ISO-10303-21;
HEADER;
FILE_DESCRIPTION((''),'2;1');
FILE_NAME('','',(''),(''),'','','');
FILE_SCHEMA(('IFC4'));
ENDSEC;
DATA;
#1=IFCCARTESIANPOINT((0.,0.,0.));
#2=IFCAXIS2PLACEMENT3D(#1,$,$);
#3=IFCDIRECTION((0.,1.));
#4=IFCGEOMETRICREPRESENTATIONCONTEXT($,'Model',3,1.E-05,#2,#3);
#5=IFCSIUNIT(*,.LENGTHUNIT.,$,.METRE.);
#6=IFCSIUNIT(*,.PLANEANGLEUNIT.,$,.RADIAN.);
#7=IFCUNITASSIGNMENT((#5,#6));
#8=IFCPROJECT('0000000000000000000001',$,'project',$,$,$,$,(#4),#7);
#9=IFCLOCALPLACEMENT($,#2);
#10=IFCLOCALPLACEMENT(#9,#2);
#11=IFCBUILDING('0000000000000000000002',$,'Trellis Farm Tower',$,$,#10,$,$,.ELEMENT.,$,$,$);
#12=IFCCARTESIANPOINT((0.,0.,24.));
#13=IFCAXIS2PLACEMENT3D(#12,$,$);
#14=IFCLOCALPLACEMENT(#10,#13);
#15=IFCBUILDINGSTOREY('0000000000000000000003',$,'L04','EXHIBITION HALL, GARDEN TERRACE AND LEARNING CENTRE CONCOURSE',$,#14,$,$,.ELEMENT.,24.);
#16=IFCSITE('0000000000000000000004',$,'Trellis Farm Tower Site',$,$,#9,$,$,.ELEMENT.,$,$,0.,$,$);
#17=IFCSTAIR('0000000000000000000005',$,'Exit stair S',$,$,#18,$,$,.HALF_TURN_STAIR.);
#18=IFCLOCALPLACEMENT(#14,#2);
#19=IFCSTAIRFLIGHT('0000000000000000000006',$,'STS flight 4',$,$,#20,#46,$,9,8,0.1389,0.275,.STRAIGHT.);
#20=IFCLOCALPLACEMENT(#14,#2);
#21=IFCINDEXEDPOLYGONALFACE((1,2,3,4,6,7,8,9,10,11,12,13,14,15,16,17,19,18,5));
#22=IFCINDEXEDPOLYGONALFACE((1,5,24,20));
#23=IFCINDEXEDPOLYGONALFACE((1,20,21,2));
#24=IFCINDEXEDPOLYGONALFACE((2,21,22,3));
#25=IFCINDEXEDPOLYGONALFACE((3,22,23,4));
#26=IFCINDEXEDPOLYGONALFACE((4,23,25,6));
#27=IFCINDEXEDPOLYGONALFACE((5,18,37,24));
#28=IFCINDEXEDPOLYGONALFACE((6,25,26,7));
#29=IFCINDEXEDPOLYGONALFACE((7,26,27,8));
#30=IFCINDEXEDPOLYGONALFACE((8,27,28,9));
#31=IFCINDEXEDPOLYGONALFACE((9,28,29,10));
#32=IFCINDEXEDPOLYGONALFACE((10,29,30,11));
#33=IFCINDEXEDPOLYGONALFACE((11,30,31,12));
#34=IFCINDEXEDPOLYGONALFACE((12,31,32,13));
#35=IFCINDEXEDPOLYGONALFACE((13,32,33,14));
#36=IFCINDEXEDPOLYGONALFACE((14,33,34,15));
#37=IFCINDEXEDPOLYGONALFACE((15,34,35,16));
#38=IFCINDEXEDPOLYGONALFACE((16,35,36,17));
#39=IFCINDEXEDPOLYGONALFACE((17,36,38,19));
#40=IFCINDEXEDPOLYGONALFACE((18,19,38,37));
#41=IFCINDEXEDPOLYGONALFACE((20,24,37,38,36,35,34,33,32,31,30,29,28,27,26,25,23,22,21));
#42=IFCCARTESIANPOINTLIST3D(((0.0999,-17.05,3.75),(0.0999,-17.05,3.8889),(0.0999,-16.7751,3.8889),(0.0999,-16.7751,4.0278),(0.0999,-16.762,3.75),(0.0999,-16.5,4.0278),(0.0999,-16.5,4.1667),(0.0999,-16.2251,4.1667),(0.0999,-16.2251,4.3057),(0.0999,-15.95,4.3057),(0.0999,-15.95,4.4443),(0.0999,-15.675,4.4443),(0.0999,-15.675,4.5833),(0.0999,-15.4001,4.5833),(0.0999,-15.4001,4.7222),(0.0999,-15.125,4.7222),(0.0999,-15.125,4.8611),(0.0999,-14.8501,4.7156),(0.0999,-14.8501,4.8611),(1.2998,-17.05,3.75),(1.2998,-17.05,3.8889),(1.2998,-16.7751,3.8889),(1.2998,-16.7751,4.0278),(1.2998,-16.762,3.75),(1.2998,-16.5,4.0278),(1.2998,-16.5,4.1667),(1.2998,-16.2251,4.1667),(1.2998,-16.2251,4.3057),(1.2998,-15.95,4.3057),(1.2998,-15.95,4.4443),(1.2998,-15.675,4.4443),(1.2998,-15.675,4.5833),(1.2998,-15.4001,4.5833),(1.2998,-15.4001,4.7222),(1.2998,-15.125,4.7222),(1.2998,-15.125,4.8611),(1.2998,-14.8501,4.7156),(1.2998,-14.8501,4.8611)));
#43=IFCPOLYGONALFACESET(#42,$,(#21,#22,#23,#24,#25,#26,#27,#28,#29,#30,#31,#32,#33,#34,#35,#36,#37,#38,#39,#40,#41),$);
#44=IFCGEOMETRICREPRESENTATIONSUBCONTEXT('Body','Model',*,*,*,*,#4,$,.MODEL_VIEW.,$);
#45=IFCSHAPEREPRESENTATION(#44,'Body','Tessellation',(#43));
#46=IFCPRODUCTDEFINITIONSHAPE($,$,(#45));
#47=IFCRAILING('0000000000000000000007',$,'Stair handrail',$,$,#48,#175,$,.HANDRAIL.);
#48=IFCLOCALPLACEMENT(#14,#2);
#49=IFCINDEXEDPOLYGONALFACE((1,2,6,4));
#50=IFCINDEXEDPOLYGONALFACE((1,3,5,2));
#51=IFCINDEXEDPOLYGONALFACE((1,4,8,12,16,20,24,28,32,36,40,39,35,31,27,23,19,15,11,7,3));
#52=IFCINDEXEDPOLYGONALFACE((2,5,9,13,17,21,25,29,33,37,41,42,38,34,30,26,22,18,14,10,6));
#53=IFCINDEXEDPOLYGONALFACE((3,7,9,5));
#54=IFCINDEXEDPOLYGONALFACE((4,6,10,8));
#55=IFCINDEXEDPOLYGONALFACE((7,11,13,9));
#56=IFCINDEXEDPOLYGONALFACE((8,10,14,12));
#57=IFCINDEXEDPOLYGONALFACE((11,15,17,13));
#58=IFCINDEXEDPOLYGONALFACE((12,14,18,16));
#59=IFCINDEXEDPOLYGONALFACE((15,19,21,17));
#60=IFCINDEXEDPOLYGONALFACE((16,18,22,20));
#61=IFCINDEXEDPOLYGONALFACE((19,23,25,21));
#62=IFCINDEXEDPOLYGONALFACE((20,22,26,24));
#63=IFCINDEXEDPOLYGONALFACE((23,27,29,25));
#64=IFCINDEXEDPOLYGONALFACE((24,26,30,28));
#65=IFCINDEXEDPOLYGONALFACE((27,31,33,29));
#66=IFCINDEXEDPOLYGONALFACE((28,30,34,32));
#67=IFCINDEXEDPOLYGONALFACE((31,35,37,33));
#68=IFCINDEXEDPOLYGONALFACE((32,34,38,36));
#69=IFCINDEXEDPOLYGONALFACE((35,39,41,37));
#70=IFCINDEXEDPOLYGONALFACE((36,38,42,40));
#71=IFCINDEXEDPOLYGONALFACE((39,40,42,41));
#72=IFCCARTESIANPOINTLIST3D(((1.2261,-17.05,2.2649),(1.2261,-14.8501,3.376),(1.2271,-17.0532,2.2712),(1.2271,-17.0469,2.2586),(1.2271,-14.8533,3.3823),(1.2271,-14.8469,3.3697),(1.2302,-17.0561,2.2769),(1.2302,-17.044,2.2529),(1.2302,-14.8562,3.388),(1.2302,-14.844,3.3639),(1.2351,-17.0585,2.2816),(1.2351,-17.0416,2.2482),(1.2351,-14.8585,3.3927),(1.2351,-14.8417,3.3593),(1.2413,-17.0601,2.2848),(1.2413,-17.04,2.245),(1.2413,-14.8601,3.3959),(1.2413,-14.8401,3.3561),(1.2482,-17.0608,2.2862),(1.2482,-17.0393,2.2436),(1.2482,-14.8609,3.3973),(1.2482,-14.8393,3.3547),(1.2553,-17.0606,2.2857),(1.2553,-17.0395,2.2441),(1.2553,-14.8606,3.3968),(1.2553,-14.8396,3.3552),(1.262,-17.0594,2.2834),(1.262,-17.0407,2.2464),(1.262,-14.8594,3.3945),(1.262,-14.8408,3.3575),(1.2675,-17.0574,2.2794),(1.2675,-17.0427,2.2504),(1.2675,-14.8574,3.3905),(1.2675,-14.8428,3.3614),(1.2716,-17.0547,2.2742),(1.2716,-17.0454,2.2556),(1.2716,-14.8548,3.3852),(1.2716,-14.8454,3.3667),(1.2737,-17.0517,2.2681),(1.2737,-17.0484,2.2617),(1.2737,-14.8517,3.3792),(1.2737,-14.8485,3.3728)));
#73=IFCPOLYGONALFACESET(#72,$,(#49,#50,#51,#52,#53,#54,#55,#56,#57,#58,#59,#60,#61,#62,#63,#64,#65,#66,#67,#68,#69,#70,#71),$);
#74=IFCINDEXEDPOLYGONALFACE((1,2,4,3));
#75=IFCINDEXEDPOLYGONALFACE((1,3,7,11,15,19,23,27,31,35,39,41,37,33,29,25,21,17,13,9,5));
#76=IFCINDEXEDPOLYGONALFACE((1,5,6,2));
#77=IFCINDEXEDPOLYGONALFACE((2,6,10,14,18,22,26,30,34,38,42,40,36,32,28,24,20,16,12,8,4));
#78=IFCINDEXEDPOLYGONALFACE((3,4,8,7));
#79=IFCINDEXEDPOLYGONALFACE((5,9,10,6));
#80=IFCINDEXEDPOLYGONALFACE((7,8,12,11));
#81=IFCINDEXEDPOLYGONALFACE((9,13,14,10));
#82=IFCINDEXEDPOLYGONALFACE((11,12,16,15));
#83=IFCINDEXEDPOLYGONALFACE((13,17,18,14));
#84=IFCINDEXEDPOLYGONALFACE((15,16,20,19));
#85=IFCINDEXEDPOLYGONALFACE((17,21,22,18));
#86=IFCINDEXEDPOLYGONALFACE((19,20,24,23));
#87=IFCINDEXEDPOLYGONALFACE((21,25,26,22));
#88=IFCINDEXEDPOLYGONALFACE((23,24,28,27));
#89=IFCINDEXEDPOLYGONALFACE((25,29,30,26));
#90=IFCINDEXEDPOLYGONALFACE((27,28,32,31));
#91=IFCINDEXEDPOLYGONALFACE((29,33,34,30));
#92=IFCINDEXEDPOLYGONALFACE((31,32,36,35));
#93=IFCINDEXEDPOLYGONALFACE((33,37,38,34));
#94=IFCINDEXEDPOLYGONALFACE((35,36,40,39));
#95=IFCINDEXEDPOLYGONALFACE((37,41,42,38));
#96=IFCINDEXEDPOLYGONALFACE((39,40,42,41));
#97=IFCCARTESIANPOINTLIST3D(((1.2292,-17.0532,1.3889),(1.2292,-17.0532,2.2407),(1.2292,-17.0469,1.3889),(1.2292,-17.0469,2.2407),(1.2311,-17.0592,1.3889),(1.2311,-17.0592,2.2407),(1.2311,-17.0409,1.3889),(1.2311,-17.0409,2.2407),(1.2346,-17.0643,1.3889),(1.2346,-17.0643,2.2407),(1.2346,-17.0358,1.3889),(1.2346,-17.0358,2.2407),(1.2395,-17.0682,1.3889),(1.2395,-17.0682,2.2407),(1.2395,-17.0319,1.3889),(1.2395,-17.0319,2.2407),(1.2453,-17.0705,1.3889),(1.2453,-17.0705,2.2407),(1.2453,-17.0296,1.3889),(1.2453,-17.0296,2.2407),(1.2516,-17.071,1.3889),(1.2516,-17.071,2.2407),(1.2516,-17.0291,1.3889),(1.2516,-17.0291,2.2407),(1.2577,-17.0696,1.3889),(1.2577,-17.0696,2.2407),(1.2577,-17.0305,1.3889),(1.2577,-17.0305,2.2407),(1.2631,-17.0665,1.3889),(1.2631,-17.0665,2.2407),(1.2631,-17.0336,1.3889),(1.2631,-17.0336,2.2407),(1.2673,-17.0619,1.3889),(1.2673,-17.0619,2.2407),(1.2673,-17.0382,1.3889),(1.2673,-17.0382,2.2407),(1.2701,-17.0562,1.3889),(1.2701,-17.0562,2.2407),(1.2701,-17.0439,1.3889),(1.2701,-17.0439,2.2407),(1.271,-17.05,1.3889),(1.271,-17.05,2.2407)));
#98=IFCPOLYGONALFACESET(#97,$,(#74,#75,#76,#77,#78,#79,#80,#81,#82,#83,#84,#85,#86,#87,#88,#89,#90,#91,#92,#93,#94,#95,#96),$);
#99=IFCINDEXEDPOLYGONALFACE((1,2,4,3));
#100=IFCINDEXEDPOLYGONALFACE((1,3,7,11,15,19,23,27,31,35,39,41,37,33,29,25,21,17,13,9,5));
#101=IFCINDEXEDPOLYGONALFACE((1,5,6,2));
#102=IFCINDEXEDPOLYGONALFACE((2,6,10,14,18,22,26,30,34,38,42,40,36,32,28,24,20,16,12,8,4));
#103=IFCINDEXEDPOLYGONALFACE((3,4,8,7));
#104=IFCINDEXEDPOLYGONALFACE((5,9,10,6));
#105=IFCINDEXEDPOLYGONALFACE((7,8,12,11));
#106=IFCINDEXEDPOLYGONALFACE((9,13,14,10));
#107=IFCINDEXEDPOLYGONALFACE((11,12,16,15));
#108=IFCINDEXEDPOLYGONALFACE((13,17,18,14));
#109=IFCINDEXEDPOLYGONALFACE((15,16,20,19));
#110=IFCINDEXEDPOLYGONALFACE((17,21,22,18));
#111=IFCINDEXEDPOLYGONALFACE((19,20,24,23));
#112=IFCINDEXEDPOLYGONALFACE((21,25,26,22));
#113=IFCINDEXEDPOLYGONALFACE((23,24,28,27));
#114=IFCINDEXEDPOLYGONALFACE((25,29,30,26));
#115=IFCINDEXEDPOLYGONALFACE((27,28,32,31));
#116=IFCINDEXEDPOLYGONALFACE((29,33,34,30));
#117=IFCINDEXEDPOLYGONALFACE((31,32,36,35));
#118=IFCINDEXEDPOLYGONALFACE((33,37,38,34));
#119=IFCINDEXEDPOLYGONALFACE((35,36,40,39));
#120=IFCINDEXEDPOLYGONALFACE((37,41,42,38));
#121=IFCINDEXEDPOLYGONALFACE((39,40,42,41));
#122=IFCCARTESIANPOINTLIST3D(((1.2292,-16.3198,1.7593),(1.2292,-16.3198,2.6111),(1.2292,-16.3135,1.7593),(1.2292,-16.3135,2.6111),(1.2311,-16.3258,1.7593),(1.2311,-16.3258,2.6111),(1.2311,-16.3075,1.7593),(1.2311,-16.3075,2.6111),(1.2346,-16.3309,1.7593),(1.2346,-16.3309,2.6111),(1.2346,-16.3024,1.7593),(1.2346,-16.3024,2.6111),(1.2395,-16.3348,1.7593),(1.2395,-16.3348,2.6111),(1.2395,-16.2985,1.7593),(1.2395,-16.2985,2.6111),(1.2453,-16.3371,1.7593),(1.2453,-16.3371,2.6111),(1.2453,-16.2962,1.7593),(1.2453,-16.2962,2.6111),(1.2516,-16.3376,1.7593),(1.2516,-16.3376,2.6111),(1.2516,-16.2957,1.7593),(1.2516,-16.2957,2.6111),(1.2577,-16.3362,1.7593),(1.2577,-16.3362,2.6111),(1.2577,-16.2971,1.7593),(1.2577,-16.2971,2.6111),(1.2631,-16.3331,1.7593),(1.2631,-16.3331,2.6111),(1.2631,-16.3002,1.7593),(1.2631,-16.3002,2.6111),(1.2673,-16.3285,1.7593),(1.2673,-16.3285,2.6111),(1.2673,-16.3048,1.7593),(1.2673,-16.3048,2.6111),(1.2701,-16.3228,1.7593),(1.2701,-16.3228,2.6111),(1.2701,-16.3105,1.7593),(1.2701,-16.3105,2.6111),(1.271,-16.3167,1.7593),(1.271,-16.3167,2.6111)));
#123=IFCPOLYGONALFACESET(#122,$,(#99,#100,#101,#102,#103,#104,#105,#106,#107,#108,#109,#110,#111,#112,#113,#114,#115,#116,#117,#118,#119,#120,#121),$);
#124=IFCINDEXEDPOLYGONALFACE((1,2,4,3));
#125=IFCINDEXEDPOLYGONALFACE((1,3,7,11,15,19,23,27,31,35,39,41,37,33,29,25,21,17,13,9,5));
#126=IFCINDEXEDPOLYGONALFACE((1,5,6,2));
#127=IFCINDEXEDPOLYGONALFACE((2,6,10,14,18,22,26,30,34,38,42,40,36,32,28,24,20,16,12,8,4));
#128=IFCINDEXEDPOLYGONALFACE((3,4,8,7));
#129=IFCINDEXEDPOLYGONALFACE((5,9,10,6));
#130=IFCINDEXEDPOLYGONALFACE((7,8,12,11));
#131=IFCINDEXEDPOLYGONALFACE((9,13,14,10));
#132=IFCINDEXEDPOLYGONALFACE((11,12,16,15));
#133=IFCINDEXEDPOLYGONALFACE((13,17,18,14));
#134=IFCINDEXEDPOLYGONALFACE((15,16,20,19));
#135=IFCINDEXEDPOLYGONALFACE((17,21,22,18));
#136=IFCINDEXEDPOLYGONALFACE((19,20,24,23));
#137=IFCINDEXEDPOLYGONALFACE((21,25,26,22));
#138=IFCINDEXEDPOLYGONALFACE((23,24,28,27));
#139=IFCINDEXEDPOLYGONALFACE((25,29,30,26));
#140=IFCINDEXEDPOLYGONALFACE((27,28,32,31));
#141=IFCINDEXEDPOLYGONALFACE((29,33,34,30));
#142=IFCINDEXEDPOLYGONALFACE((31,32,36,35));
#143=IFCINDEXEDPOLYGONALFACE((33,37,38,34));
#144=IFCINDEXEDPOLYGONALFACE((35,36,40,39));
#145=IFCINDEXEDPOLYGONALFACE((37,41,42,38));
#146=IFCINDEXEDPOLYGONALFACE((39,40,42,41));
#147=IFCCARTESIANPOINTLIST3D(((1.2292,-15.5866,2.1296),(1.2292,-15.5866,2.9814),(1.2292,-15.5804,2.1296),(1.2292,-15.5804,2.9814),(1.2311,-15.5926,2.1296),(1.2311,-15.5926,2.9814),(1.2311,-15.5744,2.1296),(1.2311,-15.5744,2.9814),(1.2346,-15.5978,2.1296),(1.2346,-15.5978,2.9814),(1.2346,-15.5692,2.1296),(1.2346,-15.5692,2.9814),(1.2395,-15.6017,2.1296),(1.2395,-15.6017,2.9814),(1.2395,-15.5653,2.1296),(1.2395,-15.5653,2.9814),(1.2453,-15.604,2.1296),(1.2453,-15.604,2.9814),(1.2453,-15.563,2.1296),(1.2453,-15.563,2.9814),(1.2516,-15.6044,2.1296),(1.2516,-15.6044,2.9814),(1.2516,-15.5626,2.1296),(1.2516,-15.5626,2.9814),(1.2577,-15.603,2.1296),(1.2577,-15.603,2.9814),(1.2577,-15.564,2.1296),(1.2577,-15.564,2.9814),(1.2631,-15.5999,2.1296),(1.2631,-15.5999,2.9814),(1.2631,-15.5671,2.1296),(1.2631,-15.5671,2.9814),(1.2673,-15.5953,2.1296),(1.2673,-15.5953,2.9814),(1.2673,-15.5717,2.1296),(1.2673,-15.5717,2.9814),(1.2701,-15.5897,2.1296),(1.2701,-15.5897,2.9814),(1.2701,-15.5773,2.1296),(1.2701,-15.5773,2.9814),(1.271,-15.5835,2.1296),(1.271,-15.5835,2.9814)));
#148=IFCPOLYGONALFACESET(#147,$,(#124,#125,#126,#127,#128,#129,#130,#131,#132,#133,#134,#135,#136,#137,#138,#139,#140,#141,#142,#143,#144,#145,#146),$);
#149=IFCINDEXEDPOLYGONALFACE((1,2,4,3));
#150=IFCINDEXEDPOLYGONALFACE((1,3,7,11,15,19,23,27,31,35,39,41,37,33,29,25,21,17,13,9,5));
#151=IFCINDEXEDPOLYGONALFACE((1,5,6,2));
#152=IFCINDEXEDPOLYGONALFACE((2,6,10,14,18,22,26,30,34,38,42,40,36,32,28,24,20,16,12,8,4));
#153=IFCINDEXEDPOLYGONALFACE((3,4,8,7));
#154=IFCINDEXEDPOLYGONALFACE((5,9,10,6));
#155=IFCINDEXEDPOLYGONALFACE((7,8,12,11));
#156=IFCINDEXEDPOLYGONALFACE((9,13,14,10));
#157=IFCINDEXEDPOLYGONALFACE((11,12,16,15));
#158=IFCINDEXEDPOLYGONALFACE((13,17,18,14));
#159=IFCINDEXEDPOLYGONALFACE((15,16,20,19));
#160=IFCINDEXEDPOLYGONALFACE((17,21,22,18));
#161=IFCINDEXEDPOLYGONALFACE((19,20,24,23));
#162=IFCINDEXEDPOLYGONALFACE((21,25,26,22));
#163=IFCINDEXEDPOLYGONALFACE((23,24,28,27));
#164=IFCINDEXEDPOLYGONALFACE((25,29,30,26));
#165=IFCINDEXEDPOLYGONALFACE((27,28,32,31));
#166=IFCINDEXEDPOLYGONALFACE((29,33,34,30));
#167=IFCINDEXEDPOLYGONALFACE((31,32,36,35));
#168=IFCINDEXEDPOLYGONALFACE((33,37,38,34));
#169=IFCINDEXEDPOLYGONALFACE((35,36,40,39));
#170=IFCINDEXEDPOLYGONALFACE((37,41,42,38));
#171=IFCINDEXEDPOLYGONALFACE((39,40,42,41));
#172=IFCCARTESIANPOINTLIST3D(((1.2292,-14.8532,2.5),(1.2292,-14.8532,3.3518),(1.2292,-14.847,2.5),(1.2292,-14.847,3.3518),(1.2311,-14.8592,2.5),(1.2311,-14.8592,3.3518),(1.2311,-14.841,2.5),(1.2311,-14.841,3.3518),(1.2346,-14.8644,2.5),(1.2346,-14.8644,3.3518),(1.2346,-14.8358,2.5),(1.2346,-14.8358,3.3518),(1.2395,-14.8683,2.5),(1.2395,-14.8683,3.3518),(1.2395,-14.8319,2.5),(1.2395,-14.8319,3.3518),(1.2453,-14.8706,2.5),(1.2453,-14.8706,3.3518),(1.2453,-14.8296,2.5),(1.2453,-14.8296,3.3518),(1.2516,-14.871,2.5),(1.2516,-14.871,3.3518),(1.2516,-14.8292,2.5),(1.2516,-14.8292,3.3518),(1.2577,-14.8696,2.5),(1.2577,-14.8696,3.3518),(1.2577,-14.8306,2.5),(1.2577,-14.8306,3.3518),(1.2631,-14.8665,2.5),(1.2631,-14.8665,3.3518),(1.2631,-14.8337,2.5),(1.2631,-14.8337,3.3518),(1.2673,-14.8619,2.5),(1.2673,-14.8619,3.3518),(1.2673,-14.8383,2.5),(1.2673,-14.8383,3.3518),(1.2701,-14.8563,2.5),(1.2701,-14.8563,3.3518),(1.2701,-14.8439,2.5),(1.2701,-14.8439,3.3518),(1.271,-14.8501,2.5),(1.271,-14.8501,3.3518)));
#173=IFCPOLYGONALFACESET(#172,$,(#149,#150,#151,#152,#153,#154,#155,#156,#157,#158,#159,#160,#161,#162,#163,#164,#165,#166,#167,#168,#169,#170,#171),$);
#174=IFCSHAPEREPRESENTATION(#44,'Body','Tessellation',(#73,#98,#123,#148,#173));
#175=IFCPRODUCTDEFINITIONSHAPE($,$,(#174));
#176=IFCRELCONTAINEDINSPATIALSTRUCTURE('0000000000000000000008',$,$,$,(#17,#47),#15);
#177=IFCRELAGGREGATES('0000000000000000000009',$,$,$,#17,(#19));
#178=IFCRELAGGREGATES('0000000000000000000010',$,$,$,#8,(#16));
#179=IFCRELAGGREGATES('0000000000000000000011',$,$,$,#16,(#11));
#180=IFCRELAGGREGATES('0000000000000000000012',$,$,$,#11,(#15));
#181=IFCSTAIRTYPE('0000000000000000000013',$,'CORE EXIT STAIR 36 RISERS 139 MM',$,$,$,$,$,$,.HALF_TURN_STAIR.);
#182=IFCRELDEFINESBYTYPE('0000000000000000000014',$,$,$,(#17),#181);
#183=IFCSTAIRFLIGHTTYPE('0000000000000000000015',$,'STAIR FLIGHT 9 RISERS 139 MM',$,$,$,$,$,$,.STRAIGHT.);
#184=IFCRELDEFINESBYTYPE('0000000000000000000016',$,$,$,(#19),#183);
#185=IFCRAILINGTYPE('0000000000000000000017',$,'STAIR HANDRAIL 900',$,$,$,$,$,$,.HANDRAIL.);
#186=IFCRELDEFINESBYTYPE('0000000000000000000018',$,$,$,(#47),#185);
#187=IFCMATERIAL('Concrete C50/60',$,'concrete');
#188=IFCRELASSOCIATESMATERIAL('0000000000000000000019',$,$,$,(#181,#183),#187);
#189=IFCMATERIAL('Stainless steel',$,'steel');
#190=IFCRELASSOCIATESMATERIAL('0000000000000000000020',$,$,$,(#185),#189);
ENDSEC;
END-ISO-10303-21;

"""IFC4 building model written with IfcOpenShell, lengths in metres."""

from ifc_helpers import new_model, si_unit, direction, frame, origin, origin_2d, place, context, subcontext, project, spatial, polyline, circle, outline, extrude, source, transform, mapped, material, type_object, element, aggregate, save


model = new_model("IFC4")

# Units and contexts
model_context = context("Model", 3, precision=1e-05, world=origin(), true_north=direction((0.0, 1.0)))
body_context = subcontext(model_context, "Body", "Model", "MODEL_VIEW")
ifc_project = project(units=[si_unit("LENGTHUNIT", "METRE"), si_unit("PLANEANGLEUNIT", "RADIAN")], contexts=[model_context])

# Site, building, storey
site_placement = place(None, origin())
site = spatial("IfcSite", under=ifc_project, at=site_placement, Name="Trellis Farm Tower Site", CompositionType="ELEMENT", RefElevation=0.0)
building_placement = place(site_placement, origin())
building = spatial("IfcBuilding", under=site, at=building_placement, Name="Trellis Farm Tower", CompositionType="ELEMENT")
storey_placement = place(building_placement, frame((0.0, 0.0, 24.0)))
storey = spatial("IfcBuildingStorey", under=building, at=storey_placement, Name="L04", Description="EXHIBITION HALL, GARDEN TERRACE AND LEARNING CENTRE CONCOURSE", CompositionType="ELEMENT", Elevation=24.0)

# Stair, stair flight
ifc_material_1 = material(Name="Concrete C50/60", Category="concrete")
stair_type = type_object("IfcStairType", Name="CORE EXIT STAIR 36 RISERS 139 MM", PredefinedType="HALF_TURN_STAIR", material=ifc_material_1)
stair_placement = place(storey_placement, origin())
stair = element("IfcStair", 1, at=stair_placement, inside=storey, type_object=stair_type, Name="Exit stair S", PredefinedType="HALF_TURN_STAIR")
stair_flight_type = type_object("IfcStairFlightType", Name="STAIR FLIGHT 9 RISERS 139 MM", PredefinedType="STRAIGHT", material=ifc_material_1)
shared_shape_1 = source(origin(), body_context, "Body", "SweptSolid", [
    extrude(outline(polyline([(0.0, 0.0), (0.0, 0.1389), (0.2749, 0.1389), (0.2749, 0.2778), (0.55, 0.2778), (0.55, 0.4167), (0.825, 0.4167), (0.825, 0.5557), (1.1001, 0.5557), (1.1001, 0.6943), (1.375, 0.6943), (1.375, 0.8333), (1.6499, 0.8333), (1.6499, 0.9722), (1.925, 0.9722), (1.925, 1.1111), (2.2, 1.1111), (2.2, 1.25), (2.2, 0.9656), (0.2881, 0.0), (0.0, 0.0)])), frame((0.0, 0.6001, 0.0), z_axis=(0.0, -1.0, 0.0), x_axis=(1.0, 0.0, 0.0)), (0.0, 0.0, 1.0), 1.2),
])
stair_flight_1_placement = place(storey_placement, frame((0.7, -17.05, 3.75), z_axis=(0.0, 0.0, 1.0), x_axis=(0.0, 1.0, 0.0)))
stair_flight_1 = element("IfcStairFlight", 2, at=stair_flight_1_placement, type_object=stair_flight_type, Name="STS flight 4", NumberOfRisers=9, NumberOfTreads=8, PredefinedType="STRAIGHT", RiserHeight=0.1389, TreadLength=0.275, context=body_context, shape_type="MappedRepresentation", body=[
    mapped(shared_shape_1, transform((0.0, 0.0, 0.0))),
])
aggregate(stair, [stair_flight_1])

# Railing
ifc_material_2 = material(Name="Stainless steel", Category="steel")
railing_type = type_object("IfcRailingType", Name="STAIR HANDRAIL 900", PredefinedType="HANDRAIL", material=ifc_material_2)
shared_shape_2 = source(origin(), body_context, "Body", "SweptSolid", [
    extrude(circle(Radius=0.0239, at=origin_2d()), frame((0.0, 0.0, 0.876), z_axis=(0.0, 0.892617, 0.450816), x_axis=(-1.0, 0.0, 0.0)), (0.0, 0.0, 1.0), 2.4646),
    extrude(circle(Radius=0.021, at=origin_2d()), origin(), (0.0, 0.0, 1.0), 0.8518),
    extrude(circle(Radius=0.021, at=origin_2d()), frame((0.0, 0.7334, 0.3704)), (0.0, 0.0, 1.0), 0.8518),
    extrude(circle(Radius=0.021, at=origin_2d()), frame((0.0, 1.4666, 0.7407)), (0.0, 0.0, 1.0), 0.8518),
    extrude(circle(Radius=0.021, at=origin_2d()), frame((0.0, 2.2, 1.1111)), (0.0, 0.0, 1.0), 0.8518),
])
for number, where, name in (
    (3, (1.25, -17.05, 1.3889), "Stair handrail"),
):
    element("IfcRailing", number, at=place(storey_placement, frame(where)), inside=storey, type_object=railing_type, Name=name, PredefinedType="HANDRAIL", context=body_context, shape_type="MappedRepresentation", body=[
        mapped(shared_shape_2, transform((0.0, 0.0, 0.0))),
    ])

save(model, "model.ifc")
